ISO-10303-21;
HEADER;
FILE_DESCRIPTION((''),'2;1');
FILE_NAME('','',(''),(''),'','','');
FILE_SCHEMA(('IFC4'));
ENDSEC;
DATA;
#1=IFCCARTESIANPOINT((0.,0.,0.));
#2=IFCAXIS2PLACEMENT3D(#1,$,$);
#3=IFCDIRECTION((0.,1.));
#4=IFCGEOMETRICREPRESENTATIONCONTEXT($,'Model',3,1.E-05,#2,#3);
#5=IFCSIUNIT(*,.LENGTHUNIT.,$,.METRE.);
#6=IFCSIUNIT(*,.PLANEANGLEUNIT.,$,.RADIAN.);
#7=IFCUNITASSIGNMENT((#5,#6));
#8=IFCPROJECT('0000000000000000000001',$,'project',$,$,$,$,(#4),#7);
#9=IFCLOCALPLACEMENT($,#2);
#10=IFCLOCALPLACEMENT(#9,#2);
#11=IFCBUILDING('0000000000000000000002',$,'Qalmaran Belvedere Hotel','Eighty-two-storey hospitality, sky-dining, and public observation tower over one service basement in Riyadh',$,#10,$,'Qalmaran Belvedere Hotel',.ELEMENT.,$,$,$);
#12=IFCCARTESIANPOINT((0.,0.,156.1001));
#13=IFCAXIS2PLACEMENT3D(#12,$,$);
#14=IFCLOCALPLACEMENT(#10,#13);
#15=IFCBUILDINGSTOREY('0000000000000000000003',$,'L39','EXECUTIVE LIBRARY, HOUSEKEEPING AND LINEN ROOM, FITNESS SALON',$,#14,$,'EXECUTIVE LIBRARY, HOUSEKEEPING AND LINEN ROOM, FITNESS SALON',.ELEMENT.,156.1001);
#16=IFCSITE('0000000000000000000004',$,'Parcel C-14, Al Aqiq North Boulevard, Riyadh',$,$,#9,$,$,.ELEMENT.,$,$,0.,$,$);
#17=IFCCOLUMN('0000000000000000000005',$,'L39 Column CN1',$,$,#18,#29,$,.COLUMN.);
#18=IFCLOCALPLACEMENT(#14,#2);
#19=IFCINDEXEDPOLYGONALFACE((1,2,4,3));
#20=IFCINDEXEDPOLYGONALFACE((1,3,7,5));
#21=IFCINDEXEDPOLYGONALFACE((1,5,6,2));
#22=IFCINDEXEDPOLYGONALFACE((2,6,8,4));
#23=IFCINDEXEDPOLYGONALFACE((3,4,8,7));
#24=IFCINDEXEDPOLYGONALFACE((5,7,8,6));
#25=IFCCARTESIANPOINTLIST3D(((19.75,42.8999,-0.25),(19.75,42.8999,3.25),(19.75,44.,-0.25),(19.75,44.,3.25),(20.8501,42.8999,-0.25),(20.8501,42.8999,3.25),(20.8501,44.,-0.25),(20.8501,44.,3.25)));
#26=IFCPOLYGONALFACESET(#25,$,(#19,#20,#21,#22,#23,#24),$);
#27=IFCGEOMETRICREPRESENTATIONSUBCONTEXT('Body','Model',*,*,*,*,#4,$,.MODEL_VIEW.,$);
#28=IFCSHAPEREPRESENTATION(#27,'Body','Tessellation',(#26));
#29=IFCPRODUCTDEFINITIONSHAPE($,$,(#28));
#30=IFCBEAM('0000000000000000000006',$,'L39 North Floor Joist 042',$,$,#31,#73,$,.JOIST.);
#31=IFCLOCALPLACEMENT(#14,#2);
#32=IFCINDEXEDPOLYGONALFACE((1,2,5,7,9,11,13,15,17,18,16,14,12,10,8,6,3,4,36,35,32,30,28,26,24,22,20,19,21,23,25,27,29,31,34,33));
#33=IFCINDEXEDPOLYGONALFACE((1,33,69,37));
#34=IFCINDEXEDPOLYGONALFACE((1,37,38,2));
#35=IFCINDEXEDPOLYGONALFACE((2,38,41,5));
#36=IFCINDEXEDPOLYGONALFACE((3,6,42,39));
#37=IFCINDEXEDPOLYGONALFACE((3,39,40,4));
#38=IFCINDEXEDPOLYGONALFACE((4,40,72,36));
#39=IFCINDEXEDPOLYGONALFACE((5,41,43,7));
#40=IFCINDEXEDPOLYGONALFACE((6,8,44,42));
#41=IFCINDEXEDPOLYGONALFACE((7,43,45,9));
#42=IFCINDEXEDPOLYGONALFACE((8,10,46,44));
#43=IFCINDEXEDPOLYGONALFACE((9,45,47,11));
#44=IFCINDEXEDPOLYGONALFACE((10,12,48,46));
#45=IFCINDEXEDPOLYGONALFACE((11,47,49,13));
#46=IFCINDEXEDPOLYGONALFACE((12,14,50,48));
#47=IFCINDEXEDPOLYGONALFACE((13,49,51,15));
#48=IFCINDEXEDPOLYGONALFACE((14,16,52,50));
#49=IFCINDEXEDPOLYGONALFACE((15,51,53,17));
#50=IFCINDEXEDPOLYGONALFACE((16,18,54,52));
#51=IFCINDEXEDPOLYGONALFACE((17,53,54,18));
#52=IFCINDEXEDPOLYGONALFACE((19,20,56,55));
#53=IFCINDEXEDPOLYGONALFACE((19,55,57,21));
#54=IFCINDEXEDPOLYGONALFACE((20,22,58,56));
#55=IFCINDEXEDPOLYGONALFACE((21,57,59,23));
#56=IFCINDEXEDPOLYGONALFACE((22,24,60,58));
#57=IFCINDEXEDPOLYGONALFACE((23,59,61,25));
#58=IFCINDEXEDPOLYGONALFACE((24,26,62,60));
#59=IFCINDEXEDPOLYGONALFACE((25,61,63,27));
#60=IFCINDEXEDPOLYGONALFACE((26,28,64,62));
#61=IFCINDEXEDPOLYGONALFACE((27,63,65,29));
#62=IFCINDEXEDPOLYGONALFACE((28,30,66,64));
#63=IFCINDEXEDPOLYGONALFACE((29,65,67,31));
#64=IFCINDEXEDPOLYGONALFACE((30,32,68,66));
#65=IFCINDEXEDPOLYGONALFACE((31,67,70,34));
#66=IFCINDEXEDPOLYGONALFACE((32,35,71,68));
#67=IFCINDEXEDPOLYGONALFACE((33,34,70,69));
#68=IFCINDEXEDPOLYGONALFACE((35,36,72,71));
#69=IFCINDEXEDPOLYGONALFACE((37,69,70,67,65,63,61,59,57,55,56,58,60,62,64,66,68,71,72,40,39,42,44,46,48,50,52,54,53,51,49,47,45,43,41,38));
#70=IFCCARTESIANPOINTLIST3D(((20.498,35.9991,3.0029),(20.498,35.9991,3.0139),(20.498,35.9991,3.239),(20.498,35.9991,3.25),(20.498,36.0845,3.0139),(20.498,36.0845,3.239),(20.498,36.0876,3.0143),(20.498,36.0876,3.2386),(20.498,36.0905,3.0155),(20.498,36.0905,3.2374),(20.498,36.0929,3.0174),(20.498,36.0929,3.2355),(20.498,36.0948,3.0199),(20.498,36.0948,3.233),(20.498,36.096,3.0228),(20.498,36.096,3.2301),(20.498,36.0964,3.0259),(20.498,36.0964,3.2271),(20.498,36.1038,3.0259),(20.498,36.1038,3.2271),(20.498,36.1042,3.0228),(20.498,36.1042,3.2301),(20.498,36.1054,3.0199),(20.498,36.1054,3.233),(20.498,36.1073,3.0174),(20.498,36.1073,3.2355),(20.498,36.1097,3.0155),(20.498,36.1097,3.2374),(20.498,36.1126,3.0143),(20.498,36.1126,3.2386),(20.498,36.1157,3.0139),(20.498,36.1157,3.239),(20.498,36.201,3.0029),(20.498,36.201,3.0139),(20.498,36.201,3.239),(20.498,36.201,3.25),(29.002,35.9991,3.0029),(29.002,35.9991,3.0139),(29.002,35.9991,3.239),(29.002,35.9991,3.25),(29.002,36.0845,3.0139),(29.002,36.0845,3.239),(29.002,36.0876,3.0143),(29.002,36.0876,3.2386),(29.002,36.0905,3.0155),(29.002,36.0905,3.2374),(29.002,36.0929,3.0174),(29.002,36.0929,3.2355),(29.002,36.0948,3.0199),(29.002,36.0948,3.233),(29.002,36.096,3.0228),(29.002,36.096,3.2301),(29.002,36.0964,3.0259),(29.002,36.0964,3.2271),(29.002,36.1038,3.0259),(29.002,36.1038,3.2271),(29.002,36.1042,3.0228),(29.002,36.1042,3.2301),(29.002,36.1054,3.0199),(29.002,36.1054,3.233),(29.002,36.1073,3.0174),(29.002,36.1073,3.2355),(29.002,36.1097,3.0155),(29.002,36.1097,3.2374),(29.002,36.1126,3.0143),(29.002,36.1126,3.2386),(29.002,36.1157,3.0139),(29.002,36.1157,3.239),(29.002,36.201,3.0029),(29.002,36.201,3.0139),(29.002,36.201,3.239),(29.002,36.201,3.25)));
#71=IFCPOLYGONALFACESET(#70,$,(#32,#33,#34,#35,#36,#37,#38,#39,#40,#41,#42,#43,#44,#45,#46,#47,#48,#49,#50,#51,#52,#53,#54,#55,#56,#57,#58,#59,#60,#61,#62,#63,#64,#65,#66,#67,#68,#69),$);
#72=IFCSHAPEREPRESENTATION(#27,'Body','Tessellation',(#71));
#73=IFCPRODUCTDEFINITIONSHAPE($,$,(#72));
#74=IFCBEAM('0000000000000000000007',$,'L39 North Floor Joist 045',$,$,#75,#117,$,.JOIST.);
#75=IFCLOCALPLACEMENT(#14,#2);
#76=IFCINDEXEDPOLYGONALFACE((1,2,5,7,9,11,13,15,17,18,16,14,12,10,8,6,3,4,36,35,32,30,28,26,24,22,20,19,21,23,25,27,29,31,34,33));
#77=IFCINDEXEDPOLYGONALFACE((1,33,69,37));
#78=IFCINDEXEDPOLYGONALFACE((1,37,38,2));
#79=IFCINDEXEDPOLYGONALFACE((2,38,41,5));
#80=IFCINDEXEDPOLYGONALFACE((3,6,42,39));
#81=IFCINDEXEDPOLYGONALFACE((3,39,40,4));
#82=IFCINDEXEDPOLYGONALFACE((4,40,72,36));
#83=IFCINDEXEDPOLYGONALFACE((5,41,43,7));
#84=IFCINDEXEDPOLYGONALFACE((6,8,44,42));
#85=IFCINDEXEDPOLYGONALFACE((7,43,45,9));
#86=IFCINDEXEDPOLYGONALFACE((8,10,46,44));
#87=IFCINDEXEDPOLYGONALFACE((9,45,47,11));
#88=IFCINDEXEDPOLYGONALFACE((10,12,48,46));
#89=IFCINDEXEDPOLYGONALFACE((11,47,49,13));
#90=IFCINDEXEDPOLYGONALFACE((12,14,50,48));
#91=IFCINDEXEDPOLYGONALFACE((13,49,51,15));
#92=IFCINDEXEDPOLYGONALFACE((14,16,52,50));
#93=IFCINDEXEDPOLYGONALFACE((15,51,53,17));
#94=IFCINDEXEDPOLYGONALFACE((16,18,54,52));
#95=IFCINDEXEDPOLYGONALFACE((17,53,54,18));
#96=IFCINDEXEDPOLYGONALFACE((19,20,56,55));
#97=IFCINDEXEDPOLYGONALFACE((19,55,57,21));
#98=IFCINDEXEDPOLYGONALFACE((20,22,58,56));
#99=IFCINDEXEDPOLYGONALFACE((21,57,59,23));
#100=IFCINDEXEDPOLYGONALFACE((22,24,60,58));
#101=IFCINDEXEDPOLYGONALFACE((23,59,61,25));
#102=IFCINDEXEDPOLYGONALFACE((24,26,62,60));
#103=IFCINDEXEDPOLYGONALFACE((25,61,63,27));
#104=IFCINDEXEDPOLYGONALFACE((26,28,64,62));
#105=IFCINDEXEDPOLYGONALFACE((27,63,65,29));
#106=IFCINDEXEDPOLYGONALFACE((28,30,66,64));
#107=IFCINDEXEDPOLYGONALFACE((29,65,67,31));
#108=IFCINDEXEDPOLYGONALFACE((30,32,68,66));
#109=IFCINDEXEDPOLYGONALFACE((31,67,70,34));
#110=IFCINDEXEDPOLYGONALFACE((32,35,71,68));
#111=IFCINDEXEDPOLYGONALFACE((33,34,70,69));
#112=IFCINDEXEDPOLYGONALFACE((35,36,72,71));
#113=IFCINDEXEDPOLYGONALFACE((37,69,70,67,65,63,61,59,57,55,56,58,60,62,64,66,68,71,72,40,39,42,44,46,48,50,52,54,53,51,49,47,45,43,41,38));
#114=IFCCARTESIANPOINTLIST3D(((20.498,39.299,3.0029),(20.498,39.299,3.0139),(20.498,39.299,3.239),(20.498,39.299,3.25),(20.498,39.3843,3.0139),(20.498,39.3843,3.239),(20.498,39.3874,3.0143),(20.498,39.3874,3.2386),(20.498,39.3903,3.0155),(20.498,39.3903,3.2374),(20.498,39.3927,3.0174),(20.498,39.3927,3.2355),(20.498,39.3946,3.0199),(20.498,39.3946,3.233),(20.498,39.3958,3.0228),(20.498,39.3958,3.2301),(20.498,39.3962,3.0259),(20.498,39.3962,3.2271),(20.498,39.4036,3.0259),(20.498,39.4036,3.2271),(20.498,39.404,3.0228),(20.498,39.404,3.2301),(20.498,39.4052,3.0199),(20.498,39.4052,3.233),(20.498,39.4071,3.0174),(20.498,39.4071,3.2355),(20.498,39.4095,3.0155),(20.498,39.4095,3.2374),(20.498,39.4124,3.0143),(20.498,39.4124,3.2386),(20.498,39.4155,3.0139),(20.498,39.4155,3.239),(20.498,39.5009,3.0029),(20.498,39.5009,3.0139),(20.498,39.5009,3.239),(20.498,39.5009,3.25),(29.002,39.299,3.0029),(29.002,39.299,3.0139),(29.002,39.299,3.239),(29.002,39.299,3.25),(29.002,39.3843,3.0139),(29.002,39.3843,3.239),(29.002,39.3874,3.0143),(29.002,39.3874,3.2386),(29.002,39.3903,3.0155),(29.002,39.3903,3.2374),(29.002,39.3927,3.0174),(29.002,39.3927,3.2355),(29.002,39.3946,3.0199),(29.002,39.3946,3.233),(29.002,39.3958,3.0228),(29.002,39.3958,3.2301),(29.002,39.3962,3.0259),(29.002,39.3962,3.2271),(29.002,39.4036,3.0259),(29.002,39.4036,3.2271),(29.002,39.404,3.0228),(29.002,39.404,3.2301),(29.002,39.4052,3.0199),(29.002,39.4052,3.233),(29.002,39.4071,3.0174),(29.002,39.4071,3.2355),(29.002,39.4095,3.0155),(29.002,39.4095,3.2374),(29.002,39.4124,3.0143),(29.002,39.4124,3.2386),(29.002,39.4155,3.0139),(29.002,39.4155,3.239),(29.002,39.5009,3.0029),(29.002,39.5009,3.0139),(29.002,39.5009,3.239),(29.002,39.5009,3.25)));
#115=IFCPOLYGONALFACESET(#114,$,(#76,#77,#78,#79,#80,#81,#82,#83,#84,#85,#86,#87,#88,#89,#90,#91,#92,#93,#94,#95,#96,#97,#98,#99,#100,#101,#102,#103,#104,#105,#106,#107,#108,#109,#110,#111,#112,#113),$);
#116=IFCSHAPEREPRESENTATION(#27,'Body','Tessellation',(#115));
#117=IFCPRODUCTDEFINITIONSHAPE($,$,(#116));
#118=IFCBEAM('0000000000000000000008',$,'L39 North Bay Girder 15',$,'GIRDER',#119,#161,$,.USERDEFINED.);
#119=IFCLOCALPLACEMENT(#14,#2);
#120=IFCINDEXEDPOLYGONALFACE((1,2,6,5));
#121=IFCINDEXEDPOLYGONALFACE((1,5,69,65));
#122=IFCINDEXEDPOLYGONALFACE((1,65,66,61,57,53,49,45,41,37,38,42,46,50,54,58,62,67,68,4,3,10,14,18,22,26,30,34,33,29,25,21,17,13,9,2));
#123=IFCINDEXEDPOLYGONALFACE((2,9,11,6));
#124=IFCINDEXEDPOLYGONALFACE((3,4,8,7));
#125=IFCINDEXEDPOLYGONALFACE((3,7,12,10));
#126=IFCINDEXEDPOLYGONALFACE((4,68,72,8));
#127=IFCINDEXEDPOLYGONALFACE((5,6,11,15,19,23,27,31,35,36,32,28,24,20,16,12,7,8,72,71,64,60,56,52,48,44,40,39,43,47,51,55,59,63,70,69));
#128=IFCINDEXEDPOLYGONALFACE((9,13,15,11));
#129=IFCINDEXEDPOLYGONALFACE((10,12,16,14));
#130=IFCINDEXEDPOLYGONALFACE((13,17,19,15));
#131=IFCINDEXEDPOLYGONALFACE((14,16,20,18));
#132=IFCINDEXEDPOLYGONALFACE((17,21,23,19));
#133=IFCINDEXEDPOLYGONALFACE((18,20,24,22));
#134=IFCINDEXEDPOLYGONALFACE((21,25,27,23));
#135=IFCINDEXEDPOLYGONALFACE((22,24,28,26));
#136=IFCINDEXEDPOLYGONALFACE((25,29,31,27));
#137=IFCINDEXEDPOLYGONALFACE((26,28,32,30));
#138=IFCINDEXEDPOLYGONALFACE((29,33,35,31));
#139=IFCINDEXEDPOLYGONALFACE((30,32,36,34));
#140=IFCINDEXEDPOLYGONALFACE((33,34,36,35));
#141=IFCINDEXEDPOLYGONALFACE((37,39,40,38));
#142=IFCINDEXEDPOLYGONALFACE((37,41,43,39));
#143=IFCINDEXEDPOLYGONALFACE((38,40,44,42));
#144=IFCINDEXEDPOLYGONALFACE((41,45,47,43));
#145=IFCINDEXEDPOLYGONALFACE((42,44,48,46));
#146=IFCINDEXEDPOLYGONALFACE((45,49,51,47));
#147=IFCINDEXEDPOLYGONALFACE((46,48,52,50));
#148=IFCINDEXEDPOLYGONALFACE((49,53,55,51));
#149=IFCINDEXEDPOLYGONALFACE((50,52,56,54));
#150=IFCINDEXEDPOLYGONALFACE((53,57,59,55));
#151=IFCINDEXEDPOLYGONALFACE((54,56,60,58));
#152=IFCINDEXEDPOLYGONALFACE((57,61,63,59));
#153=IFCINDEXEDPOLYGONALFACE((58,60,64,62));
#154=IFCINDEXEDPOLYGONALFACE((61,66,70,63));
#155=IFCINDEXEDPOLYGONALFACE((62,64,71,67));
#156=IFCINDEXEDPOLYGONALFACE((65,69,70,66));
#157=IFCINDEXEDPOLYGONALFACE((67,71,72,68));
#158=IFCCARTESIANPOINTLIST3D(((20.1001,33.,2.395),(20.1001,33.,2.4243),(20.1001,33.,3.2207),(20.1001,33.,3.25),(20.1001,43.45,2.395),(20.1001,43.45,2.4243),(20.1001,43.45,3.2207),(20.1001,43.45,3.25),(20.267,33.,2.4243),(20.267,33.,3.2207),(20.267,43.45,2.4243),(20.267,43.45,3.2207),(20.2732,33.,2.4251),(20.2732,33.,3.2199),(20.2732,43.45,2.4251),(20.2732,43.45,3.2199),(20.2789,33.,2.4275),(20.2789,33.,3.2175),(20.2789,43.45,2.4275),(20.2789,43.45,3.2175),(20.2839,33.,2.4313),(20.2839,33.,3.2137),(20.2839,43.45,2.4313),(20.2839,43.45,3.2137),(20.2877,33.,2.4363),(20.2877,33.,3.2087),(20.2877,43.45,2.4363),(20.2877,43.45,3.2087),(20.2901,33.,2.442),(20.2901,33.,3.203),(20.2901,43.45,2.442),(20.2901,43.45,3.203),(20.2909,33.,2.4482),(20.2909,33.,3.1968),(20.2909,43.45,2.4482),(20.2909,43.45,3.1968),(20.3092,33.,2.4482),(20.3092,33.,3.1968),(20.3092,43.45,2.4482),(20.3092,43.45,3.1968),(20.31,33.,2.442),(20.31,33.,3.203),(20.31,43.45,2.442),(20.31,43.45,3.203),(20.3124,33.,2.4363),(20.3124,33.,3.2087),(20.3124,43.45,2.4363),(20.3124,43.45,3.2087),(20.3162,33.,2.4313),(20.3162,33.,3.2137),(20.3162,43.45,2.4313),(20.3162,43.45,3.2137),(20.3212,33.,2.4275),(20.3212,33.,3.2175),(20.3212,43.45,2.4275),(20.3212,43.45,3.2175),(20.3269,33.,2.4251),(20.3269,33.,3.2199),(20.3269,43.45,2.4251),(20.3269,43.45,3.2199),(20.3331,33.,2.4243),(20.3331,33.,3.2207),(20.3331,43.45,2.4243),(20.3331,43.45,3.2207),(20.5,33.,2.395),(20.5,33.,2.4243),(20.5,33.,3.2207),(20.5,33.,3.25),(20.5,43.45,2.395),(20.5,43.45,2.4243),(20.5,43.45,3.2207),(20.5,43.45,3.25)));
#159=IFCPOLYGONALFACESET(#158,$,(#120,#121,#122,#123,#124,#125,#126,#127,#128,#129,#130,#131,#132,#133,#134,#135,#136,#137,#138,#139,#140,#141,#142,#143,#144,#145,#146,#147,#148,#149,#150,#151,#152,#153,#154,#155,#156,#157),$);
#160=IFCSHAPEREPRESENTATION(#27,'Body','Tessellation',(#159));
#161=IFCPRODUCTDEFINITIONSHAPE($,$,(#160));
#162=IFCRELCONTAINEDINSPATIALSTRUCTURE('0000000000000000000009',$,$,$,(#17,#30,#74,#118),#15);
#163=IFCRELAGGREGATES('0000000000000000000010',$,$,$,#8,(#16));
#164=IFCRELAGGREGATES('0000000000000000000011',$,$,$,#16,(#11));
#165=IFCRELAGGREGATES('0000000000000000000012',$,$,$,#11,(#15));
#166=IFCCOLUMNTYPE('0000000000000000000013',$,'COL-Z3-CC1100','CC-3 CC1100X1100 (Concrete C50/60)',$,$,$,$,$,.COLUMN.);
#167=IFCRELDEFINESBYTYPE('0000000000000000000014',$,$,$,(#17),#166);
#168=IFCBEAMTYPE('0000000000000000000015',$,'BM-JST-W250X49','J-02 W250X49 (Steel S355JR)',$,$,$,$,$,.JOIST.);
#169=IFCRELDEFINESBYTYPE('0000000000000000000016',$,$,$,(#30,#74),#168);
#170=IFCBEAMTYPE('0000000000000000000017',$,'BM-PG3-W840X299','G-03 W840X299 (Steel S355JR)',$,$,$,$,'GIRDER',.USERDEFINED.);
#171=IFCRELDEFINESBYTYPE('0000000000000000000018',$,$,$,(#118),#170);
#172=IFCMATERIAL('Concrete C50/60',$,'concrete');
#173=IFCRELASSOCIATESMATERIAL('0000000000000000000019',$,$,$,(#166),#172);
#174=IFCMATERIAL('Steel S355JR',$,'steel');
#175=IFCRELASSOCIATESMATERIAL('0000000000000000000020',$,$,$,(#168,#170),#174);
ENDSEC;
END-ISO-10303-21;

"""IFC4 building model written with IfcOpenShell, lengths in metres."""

from ifc_helpers import new_model, si_unit, direction, frame, origin, origin_2d, place, context, subcontext, project, spatial, rectangle, i_section, extrude, material, material_profile, profile_set, type_object, element, save


model = new_model("IFC4")

# Units and contexts
model_context = context("Model", 3, precision=1e-05, world=origin(), true_north=direction((0.0, 1.0)))
body_context = subcontext(model_context, "Body", "Model", "MODEL_VIEW")
ifc_project = project(units=[si_unit("LENGTHUNIT", "METRE"), si_unit("PLANEANGLEUNIT", "RADIAN")], contexts=[model_context])

# Site, building, storey
site_placement = place(None, origin())
site = spatial("IfcSite", under=ifc_project, at=site_placement, Name="Parcel C-14, Al Aqiq North Boulevard, Riyadh", CompositionType="ELEMENT", RefElevation=0.0)
building_placement = place(site_placement, origin())
building = spatial("IfcBuilding", under=site, at=building_placement, Name="Qalmaran Belvedere Hotel", Description="Eighty-two-storey hospitality, sky-dining, and public observation tower over one service basement in Riyadh", LongName="Qalmaran Belvedere Hotel", CompositionType="ELEMENT")
storey_placement = place(building_placement, frame((0.0, 0.0, 156.1001)))
storey = spatial("IfcBuildingStorey", under=building, at=storey_placement, Name="L39", Description="EXECUTIVE LIBRARY, HOUSEKEEPING AND LINEN ROOM, FITNESS SALON", LongName="EXECUTIVE LIBRARY, HOUSEKEEPING AND LINEN ROOM, FITNESS SALON", CompositionType="ELEMENT", Elevation=156.1001)

# Column
ifc_material_1 = material(Name="Concrete C50/60", Category="concrete")
ifc_material_profile_1 = material_profile(ifc_material_1, rectangle(XDim=1.1001, YDim=1.1001, at=origin_2d()), Name="CC1100X1100")
ifc_profile_set_1 = profile_set([ifc_material_profile_1], Name="Concrete C50/60")
column_type = type_object("IfcColumnType", Name="COL-Z3-CC1100", Description="CC-3 CC1100X1100 (Concrete C50/60)", PredefinedType="COLUMN", material=ifc_profile_set_1)
column_placement = place(storey_placement, frame((20.3, 43.45, -0.25), z_axis=(0.0, 0.0, 1.0), x_axis=(1.0, 0.0, 0.0)))
element("IfcColumn", 1, at=column_placement, inside=storey, type_object=column_type, Name="L39 Column CN1", PredefinedType="COLUMN", context=body_context, shape_type="SweptSolid", body=[
    extrude(rectangle(XDim=1.1001, YDim=1.1001, at=origin_2d()), origin(), (0.0, 0.0, 1.0), 3.5),
])

# Beams
ifc_material_2 = material(Name="Steel S355JR", Category="steel")
ifc_material_profile_2 = material_profile(ifc_material_2, i_section(OverallWidth=0.2019, OverallDepth=0.2471, WebThickness=0.0073, FlangeThickness=0.011, FilletRadius=0.012, at=origin_2d()), Name="W250X49")
ifc_profile_set_2 = profile_set([ifc_material_profile_2], Name="Steel S355JR")
beam_type_1 = type_object("IfcBeamType", Name="BM-JST-W250X49", Description="J-02 W250X49 (Steel S355JR)", PredefinedType="JOIST", material=ifc_profile_set_2)
for number, where, z_axis, x_axis, name in (
    (2, (20.498, 36.1001, 3.1265), (1.0, 0.0, 0.0), (0.0, 1.0, 0.0), "L39 North Floor Joist 042"),
    (3, (20.498, 39.3999, 3.1265), (1.0, 0.0, 0.0), (0.0, 1.0, 0.0), "L39 North Floor Joist 045"),
):
    element("IfcBeam", number, at=place(storey_placement, frame(where, z_axis=z_axis, x_axis=x_axis)), inside=storey, type_object=beam_type_1, Name=name, PredefinedType="JOIST", context=body_context, shape_type="SweptSolid", body=[
        extrude(i_section(OverallWidth=0.2019, OverallDepth=0.2471, WebThickness=0.0073, FlangeThickness=0.011, FilletRadius=0.012, at=origin_2d()), origin(), (0.0, 0.0, 1.0), 8.5039),
    ])
ifc_material_profile_3 = material_profile(ifc_material_2, i_section(OverallWidth=0.3999, OverallDepth=0.855, WebThickness=0.0183, FlangeThickness=0.0293, FilletRadius=0.0239, at=origin_2d()), Name="W840X299")
ifc_profile_set_3 = profile_set([ifc_material_profile_3], Name="Steel S355JR")
beam_type_2 = type_object("IfcBeamType", Name="BM-PG3-W840X299", Description="G-03 W840X299 (Steel S355JR)", ElementType="GIRDER", PredefinedType="USERDEFINED", material=ifc_profile_set_3)
beam_1_placement = place(storey_placement, frame((20.3, 33.0, 2.8225), z_axis=(0.0, 1.0, 0.0), x_axis=(-1.0, 0.0, 0.0)))
element("IfcBeam", 4, at=beam_1_placement, inside=storey, type_object=beam_type_2, Name="L39 North Bay Girder 15", ObjectType="GIRDER", PredefinedType="USERDEFINED", context=body_context, shape_type="SweptSolid", body=[
    extrude(i_section(OverallWidth=0.3999, OverallDepth=0.855, WebThickness=0.0183, FlangeThickness=0.0293, FilletRadius=0.0239, at=origin_2d()), origin(), (0.0, 0.0, 1.0), 10.45),
])

save(model, "model.ifc")
